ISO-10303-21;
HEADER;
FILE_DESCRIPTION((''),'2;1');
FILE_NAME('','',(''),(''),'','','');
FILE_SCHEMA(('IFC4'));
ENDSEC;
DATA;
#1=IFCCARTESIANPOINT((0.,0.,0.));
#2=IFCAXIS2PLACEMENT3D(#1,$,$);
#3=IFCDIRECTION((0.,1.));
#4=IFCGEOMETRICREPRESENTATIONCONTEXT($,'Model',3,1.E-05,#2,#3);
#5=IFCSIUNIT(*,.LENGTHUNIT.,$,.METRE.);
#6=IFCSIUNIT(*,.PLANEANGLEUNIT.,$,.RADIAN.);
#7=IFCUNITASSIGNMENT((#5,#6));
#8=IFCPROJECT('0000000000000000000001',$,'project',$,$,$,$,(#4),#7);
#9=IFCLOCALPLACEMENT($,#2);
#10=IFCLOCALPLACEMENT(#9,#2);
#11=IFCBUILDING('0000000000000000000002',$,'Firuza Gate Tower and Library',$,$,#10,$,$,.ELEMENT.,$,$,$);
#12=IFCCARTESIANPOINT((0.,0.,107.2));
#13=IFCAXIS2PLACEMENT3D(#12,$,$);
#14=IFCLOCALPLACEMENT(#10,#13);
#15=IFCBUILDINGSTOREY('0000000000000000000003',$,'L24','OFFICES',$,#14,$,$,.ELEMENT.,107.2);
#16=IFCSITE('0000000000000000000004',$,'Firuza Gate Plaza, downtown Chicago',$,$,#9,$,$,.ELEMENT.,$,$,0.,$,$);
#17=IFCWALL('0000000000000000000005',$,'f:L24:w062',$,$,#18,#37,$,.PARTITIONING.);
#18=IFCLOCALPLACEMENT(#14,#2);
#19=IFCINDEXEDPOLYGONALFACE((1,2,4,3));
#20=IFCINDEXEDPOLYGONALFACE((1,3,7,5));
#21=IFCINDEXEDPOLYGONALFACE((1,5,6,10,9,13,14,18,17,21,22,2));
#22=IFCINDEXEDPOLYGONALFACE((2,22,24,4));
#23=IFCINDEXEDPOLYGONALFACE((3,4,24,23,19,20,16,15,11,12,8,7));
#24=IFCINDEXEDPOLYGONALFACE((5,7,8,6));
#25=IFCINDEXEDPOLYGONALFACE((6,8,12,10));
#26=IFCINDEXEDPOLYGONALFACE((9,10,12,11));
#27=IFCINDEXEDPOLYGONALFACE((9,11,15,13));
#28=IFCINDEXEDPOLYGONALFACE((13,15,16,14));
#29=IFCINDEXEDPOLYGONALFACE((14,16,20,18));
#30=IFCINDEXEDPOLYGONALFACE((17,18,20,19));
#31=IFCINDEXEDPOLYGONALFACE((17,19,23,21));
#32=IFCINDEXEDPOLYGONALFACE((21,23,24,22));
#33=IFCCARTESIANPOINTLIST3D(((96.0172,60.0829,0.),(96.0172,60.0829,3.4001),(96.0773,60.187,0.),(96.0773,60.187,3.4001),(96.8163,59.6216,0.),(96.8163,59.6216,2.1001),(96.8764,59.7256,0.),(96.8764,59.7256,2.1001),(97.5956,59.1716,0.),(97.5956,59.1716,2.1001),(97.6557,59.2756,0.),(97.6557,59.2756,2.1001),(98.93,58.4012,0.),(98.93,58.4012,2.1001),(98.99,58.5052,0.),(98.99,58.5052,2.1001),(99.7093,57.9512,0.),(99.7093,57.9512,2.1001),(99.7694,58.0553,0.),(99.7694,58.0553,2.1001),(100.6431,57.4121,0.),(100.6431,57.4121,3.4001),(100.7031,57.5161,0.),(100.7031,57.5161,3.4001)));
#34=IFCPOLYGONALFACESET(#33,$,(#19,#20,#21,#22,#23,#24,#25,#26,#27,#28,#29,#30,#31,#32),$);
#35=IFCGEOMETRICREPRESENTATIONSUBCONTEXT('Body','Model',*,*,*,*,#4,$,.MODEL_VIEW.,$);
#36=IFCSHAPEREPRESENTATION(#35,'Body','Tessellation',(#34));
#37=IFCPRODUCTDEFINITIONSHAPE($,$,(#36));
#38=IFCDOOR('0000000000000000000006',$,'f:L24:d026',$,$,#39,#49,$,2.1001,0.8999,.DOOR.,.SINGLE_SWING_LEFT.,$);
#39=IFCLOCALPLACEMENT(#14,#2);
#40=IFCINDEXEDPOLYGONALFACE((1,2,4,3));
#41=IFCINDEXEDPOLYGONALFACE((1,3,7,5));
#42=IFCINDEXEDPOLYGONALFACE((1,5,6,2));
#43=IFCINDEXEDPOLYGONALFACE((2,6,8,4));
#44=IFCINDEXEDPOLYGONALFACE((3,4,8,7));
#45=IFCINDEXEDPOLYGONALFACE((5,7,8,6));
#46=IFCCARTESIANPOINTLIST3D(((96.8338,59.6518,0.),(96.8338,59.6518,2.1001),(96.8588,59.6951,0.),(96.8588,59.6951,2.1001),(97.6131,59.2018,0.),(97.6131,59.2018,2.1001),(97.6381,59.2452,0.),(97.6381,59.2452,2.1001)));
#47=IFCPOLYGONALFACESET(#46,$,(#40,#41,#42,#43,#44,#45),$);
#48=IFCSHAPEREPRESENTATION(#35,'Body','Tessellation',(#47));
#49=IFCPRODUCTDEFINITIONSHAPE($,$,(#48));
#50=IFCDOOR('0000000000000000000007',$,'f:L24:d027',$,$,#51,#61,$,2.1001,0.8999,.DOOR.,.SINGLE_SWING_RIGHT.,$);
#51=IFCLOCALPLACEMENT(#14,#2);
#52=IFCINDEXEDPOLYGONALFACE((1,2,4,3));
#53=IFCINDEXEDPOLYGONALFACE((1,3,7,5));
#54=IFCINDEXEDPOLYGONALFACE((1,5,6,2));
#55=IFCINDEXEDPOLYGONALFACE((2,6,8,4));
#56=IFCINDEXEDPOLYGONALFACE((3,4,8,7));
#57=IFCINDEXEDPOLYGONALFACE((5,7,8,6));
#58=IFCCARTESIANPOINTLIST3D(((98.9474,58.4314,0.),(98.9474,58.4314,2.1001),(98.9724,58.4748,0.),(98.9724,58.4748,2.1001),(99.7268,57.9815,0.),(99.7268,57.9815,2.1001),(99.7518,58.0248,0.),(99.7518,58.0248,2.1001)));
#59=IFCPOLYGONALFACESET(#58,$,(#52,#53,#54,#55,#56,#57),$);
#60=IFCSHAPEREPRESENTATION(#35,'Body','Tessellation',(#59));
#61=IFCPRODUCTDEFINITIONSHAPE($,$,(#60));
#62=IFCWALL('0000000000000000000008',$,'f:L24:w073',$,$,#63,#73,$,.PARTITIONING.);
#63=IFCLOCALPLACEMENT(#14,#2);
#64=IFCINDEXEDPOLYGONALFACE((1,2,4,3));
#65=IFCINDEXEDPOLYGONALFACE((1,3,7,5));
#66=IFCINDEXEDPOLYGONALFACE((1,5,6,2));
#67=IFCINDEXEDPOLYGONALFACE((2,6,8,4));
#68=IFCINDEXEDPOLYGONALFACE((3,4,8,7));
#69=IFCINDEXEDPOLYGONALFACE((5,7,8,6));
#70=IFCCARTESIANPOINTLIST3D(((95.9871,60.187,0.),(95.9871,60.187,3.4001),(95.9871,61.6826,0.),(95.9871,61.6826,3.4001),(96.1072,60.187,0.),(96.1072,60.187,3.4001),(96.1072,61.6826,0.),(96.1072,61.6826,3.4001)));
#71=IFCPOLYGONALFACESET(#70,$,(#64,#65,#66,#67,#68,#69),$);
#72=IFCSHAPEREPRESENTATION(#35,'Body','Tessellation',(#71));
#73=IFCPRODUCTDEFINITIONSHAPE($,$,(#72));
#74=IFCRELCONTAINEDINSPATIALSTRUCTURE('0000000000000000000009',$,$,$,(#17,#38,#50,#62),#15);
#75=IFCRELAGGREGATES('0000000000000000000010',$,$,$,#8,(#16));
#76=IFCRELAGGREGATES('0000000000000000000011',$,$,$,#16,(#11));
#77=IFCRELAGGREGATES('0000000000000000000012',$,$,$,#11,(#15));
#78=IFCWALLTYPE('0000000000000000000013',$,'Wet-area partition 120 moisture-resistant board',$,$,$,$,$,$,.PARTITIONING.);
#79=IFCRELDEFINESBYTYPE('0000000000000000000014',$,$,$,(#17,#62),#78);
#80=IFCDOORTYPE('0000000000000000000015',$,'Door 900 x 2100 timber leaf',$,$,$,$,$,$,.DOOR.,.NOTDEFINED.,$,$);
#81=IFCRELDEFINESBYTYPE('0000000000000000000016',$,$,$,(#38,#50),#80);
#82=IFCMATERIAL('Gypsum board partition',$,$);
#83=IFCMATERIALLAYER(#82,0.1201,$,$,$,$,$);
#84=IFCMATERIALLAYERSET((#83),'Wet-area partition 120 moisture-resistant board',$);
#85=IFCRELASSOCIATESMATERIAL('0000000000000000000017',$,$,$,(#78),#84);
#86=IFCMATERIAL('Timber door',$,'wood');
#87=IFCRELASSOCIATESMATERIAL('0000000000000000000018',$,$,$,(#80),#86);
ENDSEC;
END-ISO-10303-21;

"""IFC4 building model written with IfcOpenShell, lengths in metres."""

from ifc_helpers import new_model, si_unit, direction, frame, frame_2d, origin, place, context, subcontext, project, spatial, rectangle, extrude, material, layer, layer_set, type_object, element, fill, save


model = new_model("IFC4")

# Units and contexts
model_context = context("Model", 3, precision=1e-05, world=origin(), true_north=direction((0.0, 1.0)))
body_context = subcontext(model_context, "Body", "Model", "MODEL_VIEW")
ifc_project = project(units=[si_unit("LENGTHUNIT", "METRE"), si_unit("PLANEANGLEUNIT", "RADIAN")], contexts=[model_context])

# Site, building, storey
site_placement = place(None, origin())
site = spatial("IfcSite", under=ifc_project, at=site_placement, Name="Firuza Gate Plaza, downtown Chicago", CompositionType="ELEMENT", RefElevation=0.0)
building_placement = place(site_placement, origin())
building = spatial("IfcBuilding", under=site, at=building_placement, Name="Firuza Gate Tower and Library", CompositionType="ELEMENT")
storey_placement = place(building_placement, frame((0.0, 0.0, 107.2)))
storey = spatial("IfcBuildingStorey", under=building, at=storey_placement, Name="L24", Description="OFFICES", CompositionType="ELEMENT", Elevation=107.2)

# Shared definitions
ifc_material_1 = material(Name="Gypsum board partition")
ifc_layer_1 = layer(ifc_material_1, 0.1201)
ifc_layer_set_1 = layer_set([ifc_layer_1], Name="Wet-area partition 120 moisture-resistant board")
wall_type_1 = type_object("IfcWallType", Name="Wet-area partition 120 moisture-resistant board", PredefinedType="PARTITIONING", material=ifc_layer_set_1)

# Wall, openings, doors
wall_1_placement = place(storey_placement, frame((96.0471, 60.135, 0.0), z_axis=(0.0, 0.0, 1.0), x_axis=(0.866018, -0.500013, 0.0)))
wall_1 = element("IfcWall", 1, at=wall_1_placement, inside=storey, type_object=wall_type_1, Name="f:L24:w062", PredefinedType="PARTITIONING", context=body_context, shape_type="SweptSolid", body=[
    extrude(rectangle(XDim=5.3416, YDim=0.1201, at=frame_2d((2.6709, 0.0))), origin(), (0.0, 0.0, 1.0), 3.4001),
])
opening_1_placement = place(wall_1_placement, frame((0.9229, 0.0, 0.0)))
opening_1 = element("IfcOpeningElement", 2, at=opening_1_placement, cuts=wall_1, PredefinedType="OPENING", context=body_context, shape_type="SweptSolid", body=[
    extrude(rectangle(XDim=0.8999, YDim=2.1001, at=frame_2d((0.45, 1.05))), frame((0.0, 0.0701, 0.0), z_axis=(0.0, -1.0, 0.0), x_axis=(1.0, 0.0, 0.0)), (0.0, 0.0, 1.0), 0.1401),
])
opening_2_placement = place(wall_1_placement, frame((3.3635, 0.0, 0.0)))
opening_2 = element("IfcOpeningElement", 3, at=opening_2_placement, cuts=wall_1, PredefinedType="OPENING", context=body_context, shape_type="SweptSolid", body=[
    extrude(rectangle(XDim=0.8999, YDim=2.1001, at=frame_2d((0.45, 1.05))), frame((0.0, 0.0701, 0.0), z_axis=(0.0, -1.0, 0.0), x_axis=(1.0, 0.0, 0.0)), (0.0, 0.0, 1.0), 0.1401),
])
ifc_material_2 = material(Name="Timber door", Category="wood")
door_type_1 = type_object("IfcDoorType", Name="Door 900 x 2100 timber leaf", OperationType="NOTDEFINED", PredefinedType="DOOR", material=ifc_material_2)
door_1_placement = place(opening_1_placement, origin())
door_1 = element("IfcDoor", 4, at=door_1_placement, inside=storey, type_object=door_type_1, Name="f:L24:d026", OperationType="SINGLE_SWING_LEFT", OverallHeight=2.1001, OverallWidth=0.8999, PredefinedType="DOOR", context=body_context, shape_type="SweptSolid", body=[
    extrude(rectangle(XDim=0.8999, YDim=2.1001, at=frame_2d((0.45, 1.05))), frame((0.0, 0.0249, 0.0), z_axis=(0.0, -1.0, 0.0), x_axis=(1.0, 0.0, 0.0)), (0.0, 0.0, 1.0), 0.05),
])
fill(opening_1, door_1)
door_2_placement = place(opening_2_placement, origin())
door_2 = element("IfcDoor", 5, at=door_2_placement, inside=storey, type_object=door_type_1, Name="f:L24:d027", OperationType="SINGLE_SWING_RIGHT", OverallHeight=2.1001, OverallWidth=0.8999, PredefinedType="DOOR", context=body_context, shape_type="SweptSolid", body=[
    extrude(rectangle(XDim=0.8999, YDim=2.1001, at=frame_2d((0.45, 1.05))), frame((0.0, 0.0249, 0.0), z_axis=(0.0, -1.0, 0.0), x_axis=(1.0, 0.0, 0.0)), (0.0, 0.0, 1.0), 0.05),
])
fill(opening_2, door_2)

# Wall
wall_2_placement = place(storey_placement, frame((96.0471, 60.187, 0.0), z_axis=(0.0, 0.0, 1.0), x_axis=(0.0, 1.0, 0.0)))
element("IfcWall", 6, at=wall_2_placement, inside=storey, type_object=wall_type_1, Name="f:L24:w073", PredefinedType="PARTITIONING", context=body_context, shape_type="SweptSolid", body=[
    extrude(rectangle(XDim=1.4956, YDim=0.1201, at=frame_2d((0.7478, 0.0))), origin(), (0.0, 0.0, 1.0), 3.4001),
])

save(model, "model.ifc")
